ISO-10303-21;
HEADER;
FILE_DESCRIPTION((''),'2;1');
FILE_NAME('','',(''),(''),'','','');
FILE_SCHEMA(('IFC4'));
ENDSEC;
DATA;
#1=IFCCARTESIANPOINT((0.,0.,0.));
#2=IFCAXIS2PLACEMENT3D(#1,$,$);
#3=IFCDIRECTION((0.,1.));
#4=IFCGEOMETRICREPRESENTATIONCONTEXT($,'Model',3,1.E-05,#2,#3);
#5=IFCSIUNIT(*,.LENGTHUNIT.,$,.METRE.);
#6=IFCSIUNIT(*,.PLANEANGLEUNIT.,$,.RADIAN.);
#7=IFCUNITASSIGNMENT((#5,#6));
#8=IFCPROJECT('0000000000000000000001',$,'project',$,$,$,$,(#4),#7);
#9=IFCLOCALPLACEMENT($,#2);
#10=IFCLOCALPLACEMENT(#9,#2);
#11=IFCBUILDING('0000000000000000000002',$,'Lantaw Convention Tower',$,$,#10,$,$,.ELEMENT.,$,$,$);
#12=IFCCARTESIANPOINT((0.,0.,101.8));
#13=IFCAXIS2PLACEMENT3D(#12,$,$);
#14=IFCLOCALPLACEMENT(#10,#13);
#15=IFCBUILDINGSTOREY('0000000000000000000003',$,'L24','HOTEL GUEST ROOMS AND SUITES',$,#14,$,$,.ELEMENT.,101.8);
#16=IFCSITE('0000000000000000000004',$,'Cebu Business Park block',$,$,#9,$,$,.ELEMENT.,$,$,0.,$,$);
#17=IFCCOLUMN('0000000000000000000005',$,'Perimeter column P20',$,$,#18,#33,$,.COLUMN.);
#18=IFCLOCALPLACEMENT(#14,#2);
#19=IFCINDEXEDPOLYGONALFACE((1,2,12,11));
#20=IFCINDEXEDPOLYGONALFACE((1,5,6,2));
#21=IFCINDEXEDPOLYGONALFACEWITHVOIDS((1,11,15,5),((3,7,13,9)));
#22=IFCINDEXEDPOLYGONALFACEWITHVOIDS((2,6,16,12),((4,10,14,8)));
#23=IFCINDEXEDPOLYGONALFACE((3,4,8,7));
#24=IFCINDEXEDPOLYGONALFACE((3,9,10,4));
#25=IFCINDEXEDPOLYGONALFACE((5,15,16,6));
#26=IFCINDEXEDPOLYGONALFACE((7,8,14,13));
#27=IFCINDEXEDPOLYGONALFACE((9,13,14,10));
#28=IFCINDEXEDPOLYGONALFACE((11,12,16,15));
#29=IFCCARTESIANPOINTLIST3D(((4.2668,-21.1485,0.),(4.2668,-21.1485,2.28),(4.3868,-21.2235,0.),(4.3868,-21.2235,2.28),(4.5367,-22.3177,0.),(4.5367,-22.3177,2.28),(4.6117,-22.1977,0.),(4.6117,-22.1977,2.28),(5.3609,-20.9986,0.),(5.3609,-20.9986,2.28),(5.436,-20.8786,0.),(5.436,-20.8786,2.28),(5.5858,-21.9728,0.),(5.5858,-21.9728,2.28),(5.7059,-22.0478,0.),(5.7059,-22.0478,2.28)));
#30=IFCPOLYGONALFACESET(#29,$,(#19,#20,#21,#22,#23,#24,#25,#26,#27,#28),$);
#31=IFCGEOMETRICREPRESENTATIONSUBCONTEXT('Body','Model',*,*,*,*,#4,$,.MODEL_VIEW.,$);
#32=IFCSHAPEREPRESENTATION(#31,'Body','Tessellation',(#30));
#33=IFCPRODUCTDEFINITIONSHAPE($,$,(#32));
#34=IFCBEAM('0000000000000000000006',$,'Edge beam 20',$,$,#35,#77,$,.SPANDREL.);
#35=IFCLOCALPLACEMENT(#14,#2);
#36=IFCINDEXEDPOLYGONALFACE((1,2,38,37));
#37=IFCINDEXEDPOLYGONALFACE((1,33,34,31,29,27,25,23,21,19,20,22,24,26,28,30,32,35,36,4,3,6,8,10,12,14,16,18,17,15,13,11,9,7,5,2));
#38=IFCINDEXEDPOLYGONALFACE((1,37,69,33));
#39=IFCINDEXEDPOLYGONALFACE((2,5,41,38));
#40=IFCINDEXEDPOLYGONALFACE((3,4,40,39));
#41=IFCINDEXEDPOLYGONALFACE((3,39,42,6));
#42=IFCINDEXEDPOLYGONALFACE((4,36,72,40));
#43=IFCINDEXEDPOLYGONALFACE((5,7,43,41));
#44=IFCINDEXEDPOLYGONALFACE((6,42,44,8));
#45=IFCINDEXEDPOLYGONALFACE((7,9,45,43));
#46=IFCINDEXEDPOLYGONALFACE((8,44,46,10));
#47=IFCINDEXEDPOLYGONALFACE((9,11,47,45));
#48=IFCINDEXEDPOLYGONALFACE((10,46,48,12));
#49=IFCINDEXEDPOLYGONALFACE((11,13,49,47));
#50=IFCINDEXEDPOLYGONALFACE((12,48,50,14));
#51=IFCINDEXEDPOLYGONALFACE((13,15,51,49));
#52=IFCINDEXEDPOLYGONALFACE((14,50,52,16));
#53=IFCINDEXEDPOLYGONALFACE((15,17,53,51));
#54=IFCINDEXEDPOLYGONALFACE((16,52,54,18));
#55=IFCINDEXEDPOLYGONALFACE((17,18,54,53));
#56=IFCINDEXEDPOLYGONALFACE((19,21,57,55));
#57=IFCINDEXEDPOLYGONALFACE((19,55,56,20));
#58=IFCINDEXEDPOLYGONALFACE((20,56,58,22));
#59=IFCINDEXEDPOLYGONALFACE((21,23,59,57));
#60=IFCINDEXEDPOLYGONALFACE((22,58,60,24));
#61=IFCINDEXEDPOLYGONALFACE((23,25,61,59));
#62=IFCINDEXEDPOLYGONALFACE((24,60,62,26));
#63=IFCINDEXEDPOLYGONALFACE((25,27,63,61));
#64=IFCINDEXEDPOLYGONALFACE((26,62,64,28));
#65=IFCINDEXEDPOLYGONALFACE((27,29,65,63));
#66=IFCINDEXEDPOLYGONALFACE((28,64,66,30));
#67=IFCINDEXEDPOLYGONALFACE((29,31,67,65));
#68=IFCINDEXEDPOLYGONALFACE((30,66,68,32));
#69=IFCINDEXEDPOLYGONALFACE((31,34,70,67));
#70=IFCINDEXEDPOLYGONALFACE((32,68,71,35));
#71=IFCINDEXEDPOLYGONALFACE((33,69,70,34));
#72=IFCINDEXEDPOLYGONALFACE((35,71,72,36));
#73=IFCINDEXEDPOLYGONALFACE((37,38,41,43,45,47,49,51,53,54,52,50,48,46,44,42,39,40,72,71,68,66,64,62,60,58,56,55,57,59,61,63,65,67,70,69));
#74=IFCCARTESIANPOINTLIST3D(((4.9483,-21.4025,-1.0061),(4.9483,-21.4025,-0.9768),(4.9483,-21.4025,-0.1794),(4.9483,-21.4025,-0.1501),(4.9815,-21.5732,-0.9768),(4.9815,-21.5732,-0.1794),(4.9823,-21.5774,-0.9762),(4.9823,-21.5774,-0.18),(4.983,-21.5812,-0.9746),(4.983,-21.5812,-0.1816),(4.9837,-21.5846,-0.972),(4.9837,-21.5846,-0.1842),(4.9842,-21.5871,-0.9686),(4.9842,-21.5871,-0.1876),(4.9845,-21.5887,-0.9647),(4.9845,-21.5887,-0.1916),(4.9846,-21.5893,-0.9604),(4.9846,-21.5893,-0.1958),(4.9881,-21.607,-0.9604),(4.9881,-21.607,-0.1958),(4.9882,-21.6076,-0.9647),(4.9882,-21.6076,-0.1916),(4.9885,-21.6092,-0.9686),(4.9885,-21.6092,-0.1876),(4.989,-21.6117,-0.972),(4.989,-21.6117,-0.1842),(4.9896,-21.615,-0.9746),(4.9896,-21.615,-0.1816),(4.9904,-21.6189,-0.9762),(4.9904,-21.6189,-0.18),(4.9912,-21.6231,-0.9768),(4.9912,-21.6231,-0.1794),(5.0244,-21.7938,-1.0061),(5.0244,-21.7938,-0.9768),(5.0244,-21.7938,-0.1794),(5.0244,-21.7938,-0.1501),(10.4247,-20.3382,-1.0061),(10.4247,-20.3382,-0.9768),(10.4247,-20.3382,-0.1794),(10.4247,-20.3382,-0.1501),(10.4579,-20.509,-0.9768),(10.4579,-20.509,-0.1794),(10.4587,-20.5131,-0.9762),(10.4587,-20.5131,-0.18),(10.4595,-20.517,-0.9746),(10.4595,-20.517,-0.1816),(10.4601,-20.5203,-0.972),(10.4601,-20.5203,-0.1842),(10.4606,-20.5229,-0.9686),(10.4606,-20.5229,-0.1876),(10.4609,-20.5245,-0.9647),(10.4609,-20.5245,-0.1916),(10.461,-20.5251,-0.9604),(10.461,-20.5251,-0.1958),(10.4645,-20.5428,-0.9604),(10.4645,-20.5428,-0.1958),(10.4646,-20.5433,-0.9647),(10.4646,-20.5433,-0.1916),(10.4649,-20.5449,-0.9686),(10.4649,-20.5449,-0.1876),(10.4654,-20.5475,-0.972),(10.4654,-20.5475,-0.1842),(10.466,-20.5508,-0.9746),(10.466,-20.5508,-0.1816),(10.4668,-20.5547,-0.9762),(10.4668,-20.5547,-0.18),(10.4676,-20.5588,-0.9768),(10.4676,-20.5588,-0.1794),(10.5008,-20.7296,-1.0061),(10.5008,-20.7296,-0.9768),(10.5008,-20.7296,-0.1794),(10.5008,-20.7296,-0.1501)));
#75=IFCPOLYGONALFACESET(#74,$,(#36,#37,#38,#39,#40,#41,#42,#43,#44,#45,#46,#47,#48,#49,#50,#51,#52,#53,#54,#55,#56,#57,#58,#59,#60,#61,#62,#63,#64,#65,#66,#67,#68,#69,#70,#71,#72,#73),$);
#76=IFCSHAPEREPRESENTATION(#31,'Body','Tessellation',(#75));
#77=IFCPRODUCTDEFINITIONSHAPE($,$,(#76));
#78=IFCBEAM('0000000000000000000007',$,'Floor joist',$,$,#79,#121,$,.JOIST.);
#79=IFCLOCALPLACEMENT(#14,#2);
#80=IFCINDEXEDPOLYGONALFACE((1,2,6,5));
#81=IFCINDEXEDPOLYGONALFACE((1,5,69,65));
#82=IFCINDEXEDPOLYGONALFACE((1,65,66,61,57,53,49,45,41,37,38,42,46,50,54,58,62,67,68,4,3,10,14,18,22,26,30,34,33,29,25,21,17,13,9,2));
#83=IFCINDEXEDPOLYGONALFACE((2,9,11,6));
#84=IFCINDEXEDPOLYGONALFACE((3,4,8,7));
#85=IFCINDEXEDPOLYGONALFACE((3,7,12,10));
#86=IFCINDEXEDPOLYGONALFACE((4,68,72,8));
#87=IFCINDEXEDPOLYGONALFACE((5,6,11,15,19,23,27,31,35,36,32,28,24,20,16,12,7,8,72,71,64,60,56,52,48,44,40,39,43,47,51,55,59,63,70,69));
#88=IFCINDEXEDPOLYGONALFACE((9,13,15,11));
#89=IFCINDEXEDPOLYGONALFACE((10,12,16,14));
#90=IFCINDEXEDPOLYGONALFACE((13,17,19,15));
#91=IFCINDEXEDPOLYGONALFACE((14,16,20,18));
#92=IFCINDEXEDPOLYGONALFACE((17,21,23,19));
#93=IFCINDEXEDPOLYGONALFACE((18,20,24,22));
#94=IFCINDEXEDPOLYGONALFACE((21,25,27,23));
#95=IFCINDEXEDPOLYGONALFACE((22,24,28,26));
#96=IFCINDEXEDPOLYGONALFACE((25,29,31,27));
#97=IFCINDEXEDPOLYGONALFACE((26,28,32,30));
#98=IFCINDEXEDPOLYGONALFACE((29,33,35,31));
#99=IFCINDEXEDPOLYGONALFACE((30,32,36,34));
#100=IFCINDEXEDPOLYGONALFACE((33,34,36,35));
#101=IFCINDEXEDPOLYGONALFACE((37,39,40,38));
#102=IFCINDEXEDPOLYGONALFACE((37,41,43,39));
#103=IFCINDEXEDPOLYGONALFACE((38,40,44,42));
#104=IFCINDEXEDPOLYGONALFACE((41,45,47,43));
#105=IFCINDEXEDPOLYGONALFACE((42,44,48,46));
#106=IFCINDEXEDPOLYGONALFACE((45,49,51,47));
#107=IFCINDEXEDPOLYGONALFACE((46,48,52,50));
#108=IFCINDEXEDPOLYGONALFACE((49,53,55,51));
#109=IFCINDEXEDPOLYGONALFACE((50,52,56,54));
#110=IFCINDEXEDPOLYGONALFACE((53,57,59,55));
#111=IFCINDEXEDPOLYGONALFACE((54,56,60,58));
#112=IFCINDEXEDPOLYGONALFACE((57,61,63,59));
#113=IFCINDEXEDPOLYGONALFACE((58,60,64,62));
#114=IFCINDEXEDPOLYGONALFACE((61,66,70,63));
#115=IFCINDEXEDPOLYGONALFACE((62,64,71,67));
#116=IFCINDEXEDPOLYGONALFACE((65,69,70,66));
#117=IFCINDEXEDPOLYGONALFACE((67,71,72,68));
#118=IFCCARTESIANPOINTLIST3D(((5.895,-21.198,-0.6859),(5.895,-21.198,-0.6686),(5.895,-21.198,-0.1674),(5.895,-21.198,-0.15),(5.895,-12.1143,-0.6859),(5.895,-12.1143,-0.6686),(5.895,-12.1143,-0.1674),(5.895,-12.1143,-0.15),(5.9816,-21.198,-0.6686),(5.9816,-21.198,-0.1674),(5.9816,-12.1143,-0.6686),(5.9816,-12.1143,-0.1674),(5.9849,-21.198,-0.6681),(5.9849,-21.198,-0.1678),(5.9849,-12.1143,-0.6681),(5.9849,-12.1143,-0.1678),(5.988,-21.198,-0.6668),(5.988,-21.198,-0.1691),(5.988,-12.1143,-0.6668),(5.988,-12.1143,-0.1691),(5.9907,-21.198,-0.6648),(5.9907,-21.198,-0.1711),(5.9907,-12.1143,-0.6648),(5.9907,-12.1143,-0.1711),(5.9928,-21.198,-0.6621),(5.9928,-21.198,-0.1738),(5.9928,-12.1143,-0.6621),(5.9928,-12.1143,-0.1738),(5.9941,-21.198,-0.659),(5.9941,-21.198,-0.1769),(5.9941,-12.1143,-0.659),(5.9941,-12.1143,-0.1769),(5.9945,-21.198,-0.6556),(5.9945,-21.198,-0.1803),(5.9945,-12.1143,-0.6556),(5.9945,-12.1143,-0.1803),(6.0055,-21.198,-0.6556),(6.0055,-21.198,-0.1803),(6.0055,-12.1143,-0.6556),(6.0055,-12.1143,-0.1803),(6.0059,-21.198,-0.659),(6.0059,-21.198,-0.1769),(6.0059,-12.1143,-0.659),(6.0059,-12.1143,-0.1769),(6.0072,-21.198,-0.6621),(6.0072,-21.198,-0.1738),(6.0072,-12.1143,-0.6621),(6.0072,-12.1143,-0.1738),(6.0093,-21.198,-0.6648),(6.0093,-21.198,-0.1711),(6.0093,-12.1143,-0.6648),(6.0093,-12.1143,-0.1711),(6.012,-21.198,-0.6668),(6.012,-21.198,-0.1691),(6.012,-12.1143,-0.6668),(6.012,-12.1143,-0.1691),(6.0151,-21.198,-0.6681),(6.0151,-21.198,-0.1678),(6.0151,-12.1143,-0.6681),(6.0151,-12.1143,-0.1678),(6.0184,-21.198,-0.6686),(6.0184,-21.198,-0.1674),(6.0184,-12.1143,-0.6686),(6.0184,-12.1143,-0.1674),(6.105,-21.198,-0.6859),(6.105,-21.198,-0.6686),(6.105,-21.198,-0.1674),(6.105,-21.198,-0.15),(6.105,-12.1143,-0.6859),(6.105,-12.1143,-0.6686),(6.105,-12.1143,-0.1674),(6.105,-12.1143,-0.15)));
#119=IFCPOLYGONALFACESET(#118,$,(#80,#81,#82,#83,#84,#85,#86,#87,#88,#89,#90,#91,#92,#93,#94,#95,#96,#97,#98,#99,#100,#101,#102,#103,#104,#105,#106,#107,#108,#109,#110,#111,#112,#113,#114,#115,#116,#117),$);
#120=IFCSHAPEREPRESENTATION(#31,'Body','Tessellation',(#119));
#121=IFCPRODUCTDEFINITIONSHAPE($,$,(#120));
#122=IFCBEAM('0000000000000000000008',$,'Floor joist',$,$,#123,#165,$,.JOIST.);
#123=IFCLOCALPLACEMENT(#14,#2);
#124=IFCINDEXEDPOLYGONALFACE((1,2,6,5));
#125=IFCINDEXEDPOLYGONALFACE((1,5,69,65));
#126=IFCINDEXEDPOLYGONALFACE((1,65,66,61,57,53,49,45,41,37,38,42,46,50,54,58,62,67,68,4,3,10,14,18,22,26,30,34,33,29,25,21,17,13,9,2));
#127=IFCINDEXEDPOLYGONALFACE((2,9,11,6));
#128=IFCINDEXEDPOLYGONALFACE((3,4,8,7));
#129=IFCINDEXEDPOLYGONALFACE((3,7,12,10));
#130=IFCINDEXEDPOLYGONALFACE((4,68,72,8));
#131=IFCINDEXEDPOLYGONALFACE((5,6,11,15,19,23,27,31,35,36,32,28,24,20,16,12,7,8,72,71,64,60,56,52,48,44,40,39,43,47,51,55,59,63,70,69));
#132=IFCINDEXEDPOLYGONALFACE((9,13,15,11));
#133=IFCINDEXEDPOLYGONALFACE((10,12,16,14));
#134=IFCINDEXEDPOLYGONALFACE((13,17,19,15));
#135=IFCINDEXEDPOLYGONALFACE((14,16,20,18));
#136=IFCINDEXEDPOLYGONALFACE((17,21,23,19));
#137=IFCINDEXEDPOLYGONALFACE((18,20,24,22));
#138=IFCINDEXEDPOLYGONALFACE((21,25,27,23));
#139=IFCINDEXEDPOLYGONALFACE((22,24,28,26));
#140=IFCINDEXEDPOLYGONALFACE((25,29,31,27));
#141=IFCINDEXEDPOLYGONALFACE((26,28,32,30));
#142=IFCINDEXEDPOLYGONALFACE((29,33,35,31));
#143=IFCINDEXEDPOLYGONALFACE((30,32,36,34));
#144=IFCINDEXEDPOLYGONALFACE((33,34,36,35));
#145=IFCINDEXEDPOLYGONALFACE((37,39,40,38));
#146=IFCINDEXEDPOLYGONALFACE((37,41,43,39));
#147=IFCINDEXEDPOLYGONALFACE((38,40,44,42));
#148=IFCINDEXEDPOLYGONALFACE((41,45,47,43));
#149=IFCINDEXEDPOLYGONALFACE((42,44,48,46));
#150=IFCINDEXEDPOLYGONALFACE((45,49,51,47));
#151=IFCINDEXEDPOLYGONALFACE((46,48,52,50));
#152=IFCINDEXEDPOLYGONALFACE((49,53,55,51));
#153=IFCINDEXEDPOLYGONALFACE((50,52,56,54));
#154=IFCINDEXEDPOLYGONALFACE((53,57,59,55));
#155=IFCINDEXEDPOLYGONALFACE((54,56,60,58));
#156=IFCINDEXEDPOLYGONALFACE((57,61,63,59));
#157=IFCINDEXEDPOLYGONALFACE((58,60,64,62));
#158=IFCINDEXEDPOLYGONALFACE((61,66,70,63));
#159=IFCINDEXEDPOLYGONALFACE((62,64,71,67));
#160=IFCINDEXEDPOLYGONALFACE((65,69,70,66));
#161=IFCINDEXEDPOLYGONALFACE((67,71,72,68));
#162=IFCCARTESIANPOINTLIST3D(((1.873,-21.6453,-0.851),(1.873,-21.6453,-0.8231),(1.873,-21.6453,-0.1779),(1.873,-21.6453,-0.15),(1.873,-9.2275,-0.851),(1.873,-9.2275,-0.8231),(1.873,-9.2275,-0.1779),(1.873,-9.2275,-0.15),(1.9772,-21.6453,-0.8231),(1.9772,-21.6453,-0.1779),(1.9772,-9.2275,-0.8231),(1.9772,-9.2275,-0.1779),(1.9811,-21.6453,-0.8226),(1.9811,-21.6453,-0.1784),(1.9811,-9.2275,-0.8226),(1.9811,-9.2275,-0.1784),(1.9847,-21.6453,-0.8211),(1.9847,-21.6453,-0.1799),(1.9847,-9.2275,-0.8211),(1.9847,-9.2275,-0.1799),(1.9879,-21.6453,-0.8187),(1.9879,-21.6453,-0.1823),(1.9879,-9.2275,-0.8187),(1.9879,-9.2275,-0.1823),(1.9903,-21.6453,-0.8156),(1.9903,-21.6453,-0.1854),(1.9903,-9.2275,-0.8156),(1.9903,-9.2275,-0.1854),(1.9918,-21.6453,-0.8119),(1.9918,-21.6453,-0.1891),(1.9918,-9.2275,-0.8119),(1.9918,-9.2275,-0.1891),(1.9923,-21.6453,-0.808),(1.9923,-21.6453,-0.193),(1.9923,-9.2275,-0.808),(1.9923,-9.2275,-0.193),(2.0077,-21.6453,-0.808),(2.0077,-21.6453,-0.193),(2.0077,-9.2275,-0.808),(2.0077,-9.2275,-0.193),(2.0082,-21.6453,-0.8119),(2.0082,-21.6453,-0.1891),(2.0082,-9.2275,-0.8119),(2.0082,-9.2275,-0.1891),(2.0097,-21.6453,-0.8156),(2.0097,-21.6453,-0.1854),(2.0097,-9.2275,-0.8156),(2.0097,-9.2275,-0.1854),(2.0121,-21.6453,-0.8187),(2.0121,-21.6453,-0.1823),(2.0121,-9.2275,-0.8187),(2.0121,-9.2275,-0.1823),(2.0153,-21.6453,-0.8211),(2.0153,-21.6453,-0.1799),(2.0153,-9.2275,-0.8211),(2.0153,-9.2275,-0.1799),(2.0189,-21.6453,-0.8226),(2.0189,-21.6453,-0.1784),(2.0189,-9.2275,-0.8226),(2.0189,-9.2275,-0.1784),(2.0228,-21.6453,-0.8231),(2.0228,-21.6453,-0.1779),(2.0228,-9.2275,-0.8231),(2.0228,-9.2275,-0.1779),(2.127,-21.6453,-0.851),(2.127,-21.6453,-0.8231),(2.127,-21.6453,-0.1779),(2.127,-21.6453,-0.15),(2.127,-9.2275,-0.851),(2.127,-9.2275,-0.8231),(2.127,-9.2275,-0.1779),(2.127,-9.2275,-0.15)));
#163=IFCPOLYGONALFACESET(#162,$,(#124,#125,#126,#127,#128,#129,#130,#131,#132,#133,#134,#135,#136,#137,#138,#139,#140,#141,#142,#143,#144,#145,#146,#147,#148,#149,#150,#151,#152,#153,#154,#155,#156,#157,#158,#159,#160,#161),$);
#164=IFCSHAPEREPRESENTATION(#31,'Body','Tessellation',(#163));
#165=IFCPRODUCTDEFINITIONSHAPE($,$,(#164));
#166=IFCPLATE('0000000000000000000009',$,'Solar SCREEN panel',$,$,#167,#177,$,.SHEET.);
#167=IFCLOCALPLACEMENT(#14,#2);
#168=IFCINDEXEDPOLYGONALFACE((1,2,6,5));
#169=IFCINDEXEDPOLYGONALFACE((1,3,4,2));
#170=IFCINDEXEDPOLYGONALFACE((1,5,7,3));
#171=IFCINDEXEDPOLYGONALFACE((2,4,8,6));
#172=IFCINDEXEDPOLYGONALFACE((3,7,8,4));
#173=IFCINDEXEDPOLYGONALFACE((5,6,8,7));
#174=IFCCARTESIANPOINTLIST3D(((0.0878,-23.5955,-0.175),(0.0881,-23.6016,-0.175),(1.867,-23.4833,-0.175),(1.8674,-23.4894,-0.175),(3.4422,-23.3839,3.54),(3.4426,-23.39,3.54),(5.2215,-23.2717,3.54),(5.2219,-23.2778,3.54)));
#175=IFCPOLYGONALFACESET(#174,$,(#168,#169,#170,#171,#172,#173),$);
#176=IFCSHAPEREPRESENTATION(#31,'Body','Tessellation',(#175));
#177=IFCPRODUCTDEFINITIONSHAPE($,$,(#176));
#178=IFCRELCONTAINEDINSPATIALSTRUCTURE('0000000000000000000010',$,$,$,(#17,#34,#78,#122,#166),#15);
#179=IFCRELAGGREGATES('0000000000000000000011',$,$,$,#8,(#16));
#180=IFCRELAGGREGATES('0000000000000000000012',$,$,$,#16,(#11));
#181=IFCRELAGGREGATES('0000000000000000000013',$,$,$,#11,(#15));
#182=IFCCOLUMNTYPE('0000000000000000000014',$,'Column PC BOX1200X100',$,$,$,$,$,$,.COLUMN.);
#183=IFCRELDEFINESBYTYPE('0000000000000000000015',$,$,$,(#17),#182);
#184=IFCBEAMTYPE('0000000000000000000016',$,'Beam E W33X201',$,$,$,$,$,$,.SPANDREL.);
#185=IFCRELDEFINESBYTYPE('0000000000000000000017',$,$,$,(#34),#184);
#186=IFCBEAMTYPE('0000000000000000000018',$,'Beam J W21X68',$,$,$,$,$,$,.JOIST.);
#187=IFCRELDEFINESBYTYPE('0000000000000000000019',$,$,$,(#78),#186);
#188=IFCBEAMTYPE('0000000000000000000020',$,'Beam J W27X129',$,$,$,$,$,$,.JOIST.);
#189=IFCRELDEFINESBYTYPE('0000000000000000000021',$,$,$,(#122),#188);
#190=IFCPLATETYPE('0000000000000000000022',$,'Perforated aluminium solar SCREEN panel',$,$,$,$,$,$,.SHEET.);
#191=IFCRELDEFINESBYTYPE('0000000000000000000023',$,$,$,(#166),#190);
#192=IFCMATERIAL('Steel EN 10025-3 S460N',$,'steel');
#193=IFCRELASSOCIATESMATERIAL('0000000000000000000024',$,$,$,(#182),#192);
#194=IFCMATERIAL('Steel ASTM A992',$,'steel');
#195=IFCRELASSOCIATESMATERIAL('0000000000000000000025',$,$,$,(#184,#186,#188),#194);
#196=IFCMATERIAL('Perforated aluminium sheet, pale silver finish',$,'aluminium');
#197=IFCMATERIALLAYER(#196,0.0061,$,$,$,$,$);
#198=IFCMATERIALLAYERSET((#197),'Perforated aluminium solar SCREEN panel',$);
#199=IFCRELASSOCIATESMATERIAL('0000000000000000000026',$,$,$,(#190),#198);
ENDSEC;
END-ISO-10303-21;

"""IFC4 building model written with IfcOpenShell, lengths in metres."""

from ifc_helpers import new_model, si_unit, direction, frame, origin, origin_2d, place, context, subcontext, project, spatial, polyline, rectangle, hollow_rectangle, i_section, outline, extrude, material, layer, layer_set, material_profile, profile_set, type_object, element, save


model = new_model("IFC4")

# Units and contexts
model_context = context("Model", 3, precision=1e-05, world=origin(), true_north=direction((0.0, 1.0)))
body_context = subcontext(model_context, "Body", "Model", "MODEL_VIEW")
ifc_project = project(units=[si_unit("LENGTHUNIT", "METRE"), si_unit("PLANEANGLEUNIT", "RADIAN")], contexts=[model_context])

# Site, building, storey
site_placement = place(None, origin())
site = spatial("IfcSite", under=ifc_project, at=site_placement, Name="Cebu Business Park block", CompositionType="ELEMENT", RefElevation=0.0)
building_placement = place(site_placement, origin())
building = spatial("IfcBuilding", under=site, at=building_placement, Name="Lantaw Convention Tower", CompositionType="ELEMENT")
storey_placement = place(building_placement, frame((0.0, 0.0, 101.8)))
storey = spatial("IfcBuildingStorey", under=building, at=storey_placement, Name="L24", Description="HOTEL GUEST ROOMS AND SUITES", CompositionType="ELEMENT", Elevation=101.8)

# Column
ifc_material_1 = material(Name="Steel EN 10025-3 S460N", Category="steel")
ifc_material_profile_1 = material_profile(ifc_material_1, hollow_rectangle(XDim=1.2, YDim=1.2, WallThickness=0.1001, at=origin_2d()), Name="BOX1200X100")
ifc_material_2 = material(Name="Concrete C60/75", Category="concrete")
ifc_material_profile_2 = material_profile(ifc_material_2, rectangle(XDim=1.0, YDim=1.0, at=origin_2d()), Name="Concrete fill of BOX1200X100")
ifc_profile_set_1 = profile_set([ifc_material_profile_1, ifc_material_profile_2], Name="Steel EN 10025-3 S460N")
column_type = type_object("IfcColumnType", Name="Column PC BOX1200X100", PredefinedType="COLUMN", material=ifc_profile_set_1)
column_placement = place(storey_placement, frame((4.9863, -21.5981, 0.0), z_axis=(0.0, 0.0, 1.0), x_axis=(0.97437, 0.224951, 0.0)))
element("IfcColumn", 1, at=column_placement, inside=storey, type_object=column_type, Name="Perimeter column P20", PredefinedType="COLUMN", context=body_context, shape_type="SweptSolid", body=[
    extrude(hollow_rectangle(XDim=1.2, YDim=1.2, WallThickness=0.1001, at=origin_2d()), origin(), (0.0, 0.0, 1.0), 2.28),
])

# Beams
ifc_material_3 = material(Name="Steel ASTM A992", Category="steel")
ifc_material_profile_3 = material_profile(ifc_material_3, i_section(OverallWidth=0.3987, OverallDepth=0.856, WebThickness=0.0181, FlangeThickness=0.0293, FilletRadius=0.0164, at=origin_2d()), Name="W33X201")
ifc_profile_set_2 = profile_set([ifc_material_profile_3], Name="Steel ASTM A992")
beam_type_1 = type_object("IfcBeamType", Name="Beam E W33X201", PredefinedType="SPANDREL", material=ifc_profile_set_2)
beam_1_placement = place(storey_placement, frame((4.9863, -21.5981, -0.5781), z_axis=(0.981637, 0.190761, 0.0), x_axis=(-0.190761, 0.981637, 0.0)))
element("IfcBeam", 2, at=beam_1_placement, inside=storey, type_object=beam_type_1, Name="Edge beam 20", PredefinedType="SPANDREL", context=body_context, shape_type="SweptSolid", body=[
    extrude(i_section(OverallWidth=0.3987, OverallDepth=0.856, WebThickness=0.0181, FlangeThickness=0.0293, FilletRadius=0.0164, at=origin_2d()), origin(), (0.0, 0.0, 1.0), 5.5789),
])
ifc_material_profile_4 = material_profile(ifc_material_3, i_section(OverallWidth=0.21, OverallDepth=0.5359, WebThickness=0.011, FlangeThickness=0.0173, FilletRadius=0.0129, at=origin_2d()), Name="W21X68")
ifc_profile_set_3 = profile_set([ifc_material_profile_4], Name="Steel ASTM A992")
beam_type_2 = type_object("IfcBeamType", Name="Beam J W21X68", PredefinedType="JOIST", material=ifc_profile_set_3)
beam_2_placement = place(storey_placement, frame((6.0, -21.198, -0.418), z_axis=(0.0, 1.0, 0.0), x_axis=(-1.0, 0.0, 0.0)))
element("IfcBeam", 3, at=beam_2_placement, inside=storey, type_object=beam_type_2, Name="Floor joist", PredefinedType="JOIST", context=body_context, shape_type="SweptSolid", body=[
    extrude(i_section(OverallWidth=0.21, OverallDepth=0.5359, WebThickness=0.011, FlangeThickness=0.0173, FilletRadius=0.0129, at=origin_2d()), origin(), (0.0, 0.0, 1.0), 9.0837),
])
ifc_material_profile_5 = material_profile(ifc_material_3, i_section(OverallWidth=0.2539, OverallDepth=0.7009, WebThickness=0.0154, FlangeThickness=0.0278, FilletRadius=0.0151, at=origin_2d()), Name="W27X129")
ifc_profile_set_4 = profile_set([ifc_material_profile_5], Name="Steel ASTM A992")
beam_type_3 = type_object("IfcBeamType", Name="Beam J W27X129", PredefinedType="JOIST", material=ifc_profile_set_4)
beam_3_placement = place(storey_placement, frame((2.0, -21.6453, -0.5005), z_axis=(0.0, 1.0, 0.0), x_axis=(-1.0, 0.0, 0.0)))
element("IfcBeam", 4, at=beam_3_placement, inside=storey, type_object=beam_type_3, Name="Floor joist", PredefinedType="JOIST", context=body_context, shape_type="SweptSolid", body=[
    extrude(i_section(OverallWidth=0.2539, OverallDepth=0.7009, WebThickness=0.0154, FlangeThickness=0.0278, FilletRadius=0.0151, at=origin_2d()), origin(), (0.0, 0.0, 1.0), 12.4177),
])

# Plate
ifc_material_4 = material(Name="Perforated aluminium sheet, pale silver finish", Category="aluminium")
ifc_layer_1 = layer(ifc_material_4, 0.0061)
ifc_layer_set_1 = layer_set([ifc_layer_1], Name="Perforated aluminium solar SCREEN panel")
plate_type = type_object("IfcPlateType", Name="Perforated aluminium solar SCREEN panel", PredefinedType="SHEET", material=ifc_layer_set_1)
plate_1_placement = place(storey_placement, frame((0.0881, -23.6016, -0.175), z_axis=(0.062924, -0.998018, 0.000014), x_axis=(0.998018, 0.062924, 0.0)))
element("IfcPlate", 5, at=plate_1_placement, inside=storey, type_object=plate_type, Name="Solar SCREEN panel", PredefinedType="SHEET", context=body_context, shape_type="SweptSolid", body=[
    extrude(outline(polyline([(0.0, 0.0), (1.7828, 0.0), (5.144, 3.7151), (3.3611, 3.7151), (0.0, 0.0)])), origin(), (0.0, 0.0, -1.0), 0.0061),
])

save(model, "model.ifc")
